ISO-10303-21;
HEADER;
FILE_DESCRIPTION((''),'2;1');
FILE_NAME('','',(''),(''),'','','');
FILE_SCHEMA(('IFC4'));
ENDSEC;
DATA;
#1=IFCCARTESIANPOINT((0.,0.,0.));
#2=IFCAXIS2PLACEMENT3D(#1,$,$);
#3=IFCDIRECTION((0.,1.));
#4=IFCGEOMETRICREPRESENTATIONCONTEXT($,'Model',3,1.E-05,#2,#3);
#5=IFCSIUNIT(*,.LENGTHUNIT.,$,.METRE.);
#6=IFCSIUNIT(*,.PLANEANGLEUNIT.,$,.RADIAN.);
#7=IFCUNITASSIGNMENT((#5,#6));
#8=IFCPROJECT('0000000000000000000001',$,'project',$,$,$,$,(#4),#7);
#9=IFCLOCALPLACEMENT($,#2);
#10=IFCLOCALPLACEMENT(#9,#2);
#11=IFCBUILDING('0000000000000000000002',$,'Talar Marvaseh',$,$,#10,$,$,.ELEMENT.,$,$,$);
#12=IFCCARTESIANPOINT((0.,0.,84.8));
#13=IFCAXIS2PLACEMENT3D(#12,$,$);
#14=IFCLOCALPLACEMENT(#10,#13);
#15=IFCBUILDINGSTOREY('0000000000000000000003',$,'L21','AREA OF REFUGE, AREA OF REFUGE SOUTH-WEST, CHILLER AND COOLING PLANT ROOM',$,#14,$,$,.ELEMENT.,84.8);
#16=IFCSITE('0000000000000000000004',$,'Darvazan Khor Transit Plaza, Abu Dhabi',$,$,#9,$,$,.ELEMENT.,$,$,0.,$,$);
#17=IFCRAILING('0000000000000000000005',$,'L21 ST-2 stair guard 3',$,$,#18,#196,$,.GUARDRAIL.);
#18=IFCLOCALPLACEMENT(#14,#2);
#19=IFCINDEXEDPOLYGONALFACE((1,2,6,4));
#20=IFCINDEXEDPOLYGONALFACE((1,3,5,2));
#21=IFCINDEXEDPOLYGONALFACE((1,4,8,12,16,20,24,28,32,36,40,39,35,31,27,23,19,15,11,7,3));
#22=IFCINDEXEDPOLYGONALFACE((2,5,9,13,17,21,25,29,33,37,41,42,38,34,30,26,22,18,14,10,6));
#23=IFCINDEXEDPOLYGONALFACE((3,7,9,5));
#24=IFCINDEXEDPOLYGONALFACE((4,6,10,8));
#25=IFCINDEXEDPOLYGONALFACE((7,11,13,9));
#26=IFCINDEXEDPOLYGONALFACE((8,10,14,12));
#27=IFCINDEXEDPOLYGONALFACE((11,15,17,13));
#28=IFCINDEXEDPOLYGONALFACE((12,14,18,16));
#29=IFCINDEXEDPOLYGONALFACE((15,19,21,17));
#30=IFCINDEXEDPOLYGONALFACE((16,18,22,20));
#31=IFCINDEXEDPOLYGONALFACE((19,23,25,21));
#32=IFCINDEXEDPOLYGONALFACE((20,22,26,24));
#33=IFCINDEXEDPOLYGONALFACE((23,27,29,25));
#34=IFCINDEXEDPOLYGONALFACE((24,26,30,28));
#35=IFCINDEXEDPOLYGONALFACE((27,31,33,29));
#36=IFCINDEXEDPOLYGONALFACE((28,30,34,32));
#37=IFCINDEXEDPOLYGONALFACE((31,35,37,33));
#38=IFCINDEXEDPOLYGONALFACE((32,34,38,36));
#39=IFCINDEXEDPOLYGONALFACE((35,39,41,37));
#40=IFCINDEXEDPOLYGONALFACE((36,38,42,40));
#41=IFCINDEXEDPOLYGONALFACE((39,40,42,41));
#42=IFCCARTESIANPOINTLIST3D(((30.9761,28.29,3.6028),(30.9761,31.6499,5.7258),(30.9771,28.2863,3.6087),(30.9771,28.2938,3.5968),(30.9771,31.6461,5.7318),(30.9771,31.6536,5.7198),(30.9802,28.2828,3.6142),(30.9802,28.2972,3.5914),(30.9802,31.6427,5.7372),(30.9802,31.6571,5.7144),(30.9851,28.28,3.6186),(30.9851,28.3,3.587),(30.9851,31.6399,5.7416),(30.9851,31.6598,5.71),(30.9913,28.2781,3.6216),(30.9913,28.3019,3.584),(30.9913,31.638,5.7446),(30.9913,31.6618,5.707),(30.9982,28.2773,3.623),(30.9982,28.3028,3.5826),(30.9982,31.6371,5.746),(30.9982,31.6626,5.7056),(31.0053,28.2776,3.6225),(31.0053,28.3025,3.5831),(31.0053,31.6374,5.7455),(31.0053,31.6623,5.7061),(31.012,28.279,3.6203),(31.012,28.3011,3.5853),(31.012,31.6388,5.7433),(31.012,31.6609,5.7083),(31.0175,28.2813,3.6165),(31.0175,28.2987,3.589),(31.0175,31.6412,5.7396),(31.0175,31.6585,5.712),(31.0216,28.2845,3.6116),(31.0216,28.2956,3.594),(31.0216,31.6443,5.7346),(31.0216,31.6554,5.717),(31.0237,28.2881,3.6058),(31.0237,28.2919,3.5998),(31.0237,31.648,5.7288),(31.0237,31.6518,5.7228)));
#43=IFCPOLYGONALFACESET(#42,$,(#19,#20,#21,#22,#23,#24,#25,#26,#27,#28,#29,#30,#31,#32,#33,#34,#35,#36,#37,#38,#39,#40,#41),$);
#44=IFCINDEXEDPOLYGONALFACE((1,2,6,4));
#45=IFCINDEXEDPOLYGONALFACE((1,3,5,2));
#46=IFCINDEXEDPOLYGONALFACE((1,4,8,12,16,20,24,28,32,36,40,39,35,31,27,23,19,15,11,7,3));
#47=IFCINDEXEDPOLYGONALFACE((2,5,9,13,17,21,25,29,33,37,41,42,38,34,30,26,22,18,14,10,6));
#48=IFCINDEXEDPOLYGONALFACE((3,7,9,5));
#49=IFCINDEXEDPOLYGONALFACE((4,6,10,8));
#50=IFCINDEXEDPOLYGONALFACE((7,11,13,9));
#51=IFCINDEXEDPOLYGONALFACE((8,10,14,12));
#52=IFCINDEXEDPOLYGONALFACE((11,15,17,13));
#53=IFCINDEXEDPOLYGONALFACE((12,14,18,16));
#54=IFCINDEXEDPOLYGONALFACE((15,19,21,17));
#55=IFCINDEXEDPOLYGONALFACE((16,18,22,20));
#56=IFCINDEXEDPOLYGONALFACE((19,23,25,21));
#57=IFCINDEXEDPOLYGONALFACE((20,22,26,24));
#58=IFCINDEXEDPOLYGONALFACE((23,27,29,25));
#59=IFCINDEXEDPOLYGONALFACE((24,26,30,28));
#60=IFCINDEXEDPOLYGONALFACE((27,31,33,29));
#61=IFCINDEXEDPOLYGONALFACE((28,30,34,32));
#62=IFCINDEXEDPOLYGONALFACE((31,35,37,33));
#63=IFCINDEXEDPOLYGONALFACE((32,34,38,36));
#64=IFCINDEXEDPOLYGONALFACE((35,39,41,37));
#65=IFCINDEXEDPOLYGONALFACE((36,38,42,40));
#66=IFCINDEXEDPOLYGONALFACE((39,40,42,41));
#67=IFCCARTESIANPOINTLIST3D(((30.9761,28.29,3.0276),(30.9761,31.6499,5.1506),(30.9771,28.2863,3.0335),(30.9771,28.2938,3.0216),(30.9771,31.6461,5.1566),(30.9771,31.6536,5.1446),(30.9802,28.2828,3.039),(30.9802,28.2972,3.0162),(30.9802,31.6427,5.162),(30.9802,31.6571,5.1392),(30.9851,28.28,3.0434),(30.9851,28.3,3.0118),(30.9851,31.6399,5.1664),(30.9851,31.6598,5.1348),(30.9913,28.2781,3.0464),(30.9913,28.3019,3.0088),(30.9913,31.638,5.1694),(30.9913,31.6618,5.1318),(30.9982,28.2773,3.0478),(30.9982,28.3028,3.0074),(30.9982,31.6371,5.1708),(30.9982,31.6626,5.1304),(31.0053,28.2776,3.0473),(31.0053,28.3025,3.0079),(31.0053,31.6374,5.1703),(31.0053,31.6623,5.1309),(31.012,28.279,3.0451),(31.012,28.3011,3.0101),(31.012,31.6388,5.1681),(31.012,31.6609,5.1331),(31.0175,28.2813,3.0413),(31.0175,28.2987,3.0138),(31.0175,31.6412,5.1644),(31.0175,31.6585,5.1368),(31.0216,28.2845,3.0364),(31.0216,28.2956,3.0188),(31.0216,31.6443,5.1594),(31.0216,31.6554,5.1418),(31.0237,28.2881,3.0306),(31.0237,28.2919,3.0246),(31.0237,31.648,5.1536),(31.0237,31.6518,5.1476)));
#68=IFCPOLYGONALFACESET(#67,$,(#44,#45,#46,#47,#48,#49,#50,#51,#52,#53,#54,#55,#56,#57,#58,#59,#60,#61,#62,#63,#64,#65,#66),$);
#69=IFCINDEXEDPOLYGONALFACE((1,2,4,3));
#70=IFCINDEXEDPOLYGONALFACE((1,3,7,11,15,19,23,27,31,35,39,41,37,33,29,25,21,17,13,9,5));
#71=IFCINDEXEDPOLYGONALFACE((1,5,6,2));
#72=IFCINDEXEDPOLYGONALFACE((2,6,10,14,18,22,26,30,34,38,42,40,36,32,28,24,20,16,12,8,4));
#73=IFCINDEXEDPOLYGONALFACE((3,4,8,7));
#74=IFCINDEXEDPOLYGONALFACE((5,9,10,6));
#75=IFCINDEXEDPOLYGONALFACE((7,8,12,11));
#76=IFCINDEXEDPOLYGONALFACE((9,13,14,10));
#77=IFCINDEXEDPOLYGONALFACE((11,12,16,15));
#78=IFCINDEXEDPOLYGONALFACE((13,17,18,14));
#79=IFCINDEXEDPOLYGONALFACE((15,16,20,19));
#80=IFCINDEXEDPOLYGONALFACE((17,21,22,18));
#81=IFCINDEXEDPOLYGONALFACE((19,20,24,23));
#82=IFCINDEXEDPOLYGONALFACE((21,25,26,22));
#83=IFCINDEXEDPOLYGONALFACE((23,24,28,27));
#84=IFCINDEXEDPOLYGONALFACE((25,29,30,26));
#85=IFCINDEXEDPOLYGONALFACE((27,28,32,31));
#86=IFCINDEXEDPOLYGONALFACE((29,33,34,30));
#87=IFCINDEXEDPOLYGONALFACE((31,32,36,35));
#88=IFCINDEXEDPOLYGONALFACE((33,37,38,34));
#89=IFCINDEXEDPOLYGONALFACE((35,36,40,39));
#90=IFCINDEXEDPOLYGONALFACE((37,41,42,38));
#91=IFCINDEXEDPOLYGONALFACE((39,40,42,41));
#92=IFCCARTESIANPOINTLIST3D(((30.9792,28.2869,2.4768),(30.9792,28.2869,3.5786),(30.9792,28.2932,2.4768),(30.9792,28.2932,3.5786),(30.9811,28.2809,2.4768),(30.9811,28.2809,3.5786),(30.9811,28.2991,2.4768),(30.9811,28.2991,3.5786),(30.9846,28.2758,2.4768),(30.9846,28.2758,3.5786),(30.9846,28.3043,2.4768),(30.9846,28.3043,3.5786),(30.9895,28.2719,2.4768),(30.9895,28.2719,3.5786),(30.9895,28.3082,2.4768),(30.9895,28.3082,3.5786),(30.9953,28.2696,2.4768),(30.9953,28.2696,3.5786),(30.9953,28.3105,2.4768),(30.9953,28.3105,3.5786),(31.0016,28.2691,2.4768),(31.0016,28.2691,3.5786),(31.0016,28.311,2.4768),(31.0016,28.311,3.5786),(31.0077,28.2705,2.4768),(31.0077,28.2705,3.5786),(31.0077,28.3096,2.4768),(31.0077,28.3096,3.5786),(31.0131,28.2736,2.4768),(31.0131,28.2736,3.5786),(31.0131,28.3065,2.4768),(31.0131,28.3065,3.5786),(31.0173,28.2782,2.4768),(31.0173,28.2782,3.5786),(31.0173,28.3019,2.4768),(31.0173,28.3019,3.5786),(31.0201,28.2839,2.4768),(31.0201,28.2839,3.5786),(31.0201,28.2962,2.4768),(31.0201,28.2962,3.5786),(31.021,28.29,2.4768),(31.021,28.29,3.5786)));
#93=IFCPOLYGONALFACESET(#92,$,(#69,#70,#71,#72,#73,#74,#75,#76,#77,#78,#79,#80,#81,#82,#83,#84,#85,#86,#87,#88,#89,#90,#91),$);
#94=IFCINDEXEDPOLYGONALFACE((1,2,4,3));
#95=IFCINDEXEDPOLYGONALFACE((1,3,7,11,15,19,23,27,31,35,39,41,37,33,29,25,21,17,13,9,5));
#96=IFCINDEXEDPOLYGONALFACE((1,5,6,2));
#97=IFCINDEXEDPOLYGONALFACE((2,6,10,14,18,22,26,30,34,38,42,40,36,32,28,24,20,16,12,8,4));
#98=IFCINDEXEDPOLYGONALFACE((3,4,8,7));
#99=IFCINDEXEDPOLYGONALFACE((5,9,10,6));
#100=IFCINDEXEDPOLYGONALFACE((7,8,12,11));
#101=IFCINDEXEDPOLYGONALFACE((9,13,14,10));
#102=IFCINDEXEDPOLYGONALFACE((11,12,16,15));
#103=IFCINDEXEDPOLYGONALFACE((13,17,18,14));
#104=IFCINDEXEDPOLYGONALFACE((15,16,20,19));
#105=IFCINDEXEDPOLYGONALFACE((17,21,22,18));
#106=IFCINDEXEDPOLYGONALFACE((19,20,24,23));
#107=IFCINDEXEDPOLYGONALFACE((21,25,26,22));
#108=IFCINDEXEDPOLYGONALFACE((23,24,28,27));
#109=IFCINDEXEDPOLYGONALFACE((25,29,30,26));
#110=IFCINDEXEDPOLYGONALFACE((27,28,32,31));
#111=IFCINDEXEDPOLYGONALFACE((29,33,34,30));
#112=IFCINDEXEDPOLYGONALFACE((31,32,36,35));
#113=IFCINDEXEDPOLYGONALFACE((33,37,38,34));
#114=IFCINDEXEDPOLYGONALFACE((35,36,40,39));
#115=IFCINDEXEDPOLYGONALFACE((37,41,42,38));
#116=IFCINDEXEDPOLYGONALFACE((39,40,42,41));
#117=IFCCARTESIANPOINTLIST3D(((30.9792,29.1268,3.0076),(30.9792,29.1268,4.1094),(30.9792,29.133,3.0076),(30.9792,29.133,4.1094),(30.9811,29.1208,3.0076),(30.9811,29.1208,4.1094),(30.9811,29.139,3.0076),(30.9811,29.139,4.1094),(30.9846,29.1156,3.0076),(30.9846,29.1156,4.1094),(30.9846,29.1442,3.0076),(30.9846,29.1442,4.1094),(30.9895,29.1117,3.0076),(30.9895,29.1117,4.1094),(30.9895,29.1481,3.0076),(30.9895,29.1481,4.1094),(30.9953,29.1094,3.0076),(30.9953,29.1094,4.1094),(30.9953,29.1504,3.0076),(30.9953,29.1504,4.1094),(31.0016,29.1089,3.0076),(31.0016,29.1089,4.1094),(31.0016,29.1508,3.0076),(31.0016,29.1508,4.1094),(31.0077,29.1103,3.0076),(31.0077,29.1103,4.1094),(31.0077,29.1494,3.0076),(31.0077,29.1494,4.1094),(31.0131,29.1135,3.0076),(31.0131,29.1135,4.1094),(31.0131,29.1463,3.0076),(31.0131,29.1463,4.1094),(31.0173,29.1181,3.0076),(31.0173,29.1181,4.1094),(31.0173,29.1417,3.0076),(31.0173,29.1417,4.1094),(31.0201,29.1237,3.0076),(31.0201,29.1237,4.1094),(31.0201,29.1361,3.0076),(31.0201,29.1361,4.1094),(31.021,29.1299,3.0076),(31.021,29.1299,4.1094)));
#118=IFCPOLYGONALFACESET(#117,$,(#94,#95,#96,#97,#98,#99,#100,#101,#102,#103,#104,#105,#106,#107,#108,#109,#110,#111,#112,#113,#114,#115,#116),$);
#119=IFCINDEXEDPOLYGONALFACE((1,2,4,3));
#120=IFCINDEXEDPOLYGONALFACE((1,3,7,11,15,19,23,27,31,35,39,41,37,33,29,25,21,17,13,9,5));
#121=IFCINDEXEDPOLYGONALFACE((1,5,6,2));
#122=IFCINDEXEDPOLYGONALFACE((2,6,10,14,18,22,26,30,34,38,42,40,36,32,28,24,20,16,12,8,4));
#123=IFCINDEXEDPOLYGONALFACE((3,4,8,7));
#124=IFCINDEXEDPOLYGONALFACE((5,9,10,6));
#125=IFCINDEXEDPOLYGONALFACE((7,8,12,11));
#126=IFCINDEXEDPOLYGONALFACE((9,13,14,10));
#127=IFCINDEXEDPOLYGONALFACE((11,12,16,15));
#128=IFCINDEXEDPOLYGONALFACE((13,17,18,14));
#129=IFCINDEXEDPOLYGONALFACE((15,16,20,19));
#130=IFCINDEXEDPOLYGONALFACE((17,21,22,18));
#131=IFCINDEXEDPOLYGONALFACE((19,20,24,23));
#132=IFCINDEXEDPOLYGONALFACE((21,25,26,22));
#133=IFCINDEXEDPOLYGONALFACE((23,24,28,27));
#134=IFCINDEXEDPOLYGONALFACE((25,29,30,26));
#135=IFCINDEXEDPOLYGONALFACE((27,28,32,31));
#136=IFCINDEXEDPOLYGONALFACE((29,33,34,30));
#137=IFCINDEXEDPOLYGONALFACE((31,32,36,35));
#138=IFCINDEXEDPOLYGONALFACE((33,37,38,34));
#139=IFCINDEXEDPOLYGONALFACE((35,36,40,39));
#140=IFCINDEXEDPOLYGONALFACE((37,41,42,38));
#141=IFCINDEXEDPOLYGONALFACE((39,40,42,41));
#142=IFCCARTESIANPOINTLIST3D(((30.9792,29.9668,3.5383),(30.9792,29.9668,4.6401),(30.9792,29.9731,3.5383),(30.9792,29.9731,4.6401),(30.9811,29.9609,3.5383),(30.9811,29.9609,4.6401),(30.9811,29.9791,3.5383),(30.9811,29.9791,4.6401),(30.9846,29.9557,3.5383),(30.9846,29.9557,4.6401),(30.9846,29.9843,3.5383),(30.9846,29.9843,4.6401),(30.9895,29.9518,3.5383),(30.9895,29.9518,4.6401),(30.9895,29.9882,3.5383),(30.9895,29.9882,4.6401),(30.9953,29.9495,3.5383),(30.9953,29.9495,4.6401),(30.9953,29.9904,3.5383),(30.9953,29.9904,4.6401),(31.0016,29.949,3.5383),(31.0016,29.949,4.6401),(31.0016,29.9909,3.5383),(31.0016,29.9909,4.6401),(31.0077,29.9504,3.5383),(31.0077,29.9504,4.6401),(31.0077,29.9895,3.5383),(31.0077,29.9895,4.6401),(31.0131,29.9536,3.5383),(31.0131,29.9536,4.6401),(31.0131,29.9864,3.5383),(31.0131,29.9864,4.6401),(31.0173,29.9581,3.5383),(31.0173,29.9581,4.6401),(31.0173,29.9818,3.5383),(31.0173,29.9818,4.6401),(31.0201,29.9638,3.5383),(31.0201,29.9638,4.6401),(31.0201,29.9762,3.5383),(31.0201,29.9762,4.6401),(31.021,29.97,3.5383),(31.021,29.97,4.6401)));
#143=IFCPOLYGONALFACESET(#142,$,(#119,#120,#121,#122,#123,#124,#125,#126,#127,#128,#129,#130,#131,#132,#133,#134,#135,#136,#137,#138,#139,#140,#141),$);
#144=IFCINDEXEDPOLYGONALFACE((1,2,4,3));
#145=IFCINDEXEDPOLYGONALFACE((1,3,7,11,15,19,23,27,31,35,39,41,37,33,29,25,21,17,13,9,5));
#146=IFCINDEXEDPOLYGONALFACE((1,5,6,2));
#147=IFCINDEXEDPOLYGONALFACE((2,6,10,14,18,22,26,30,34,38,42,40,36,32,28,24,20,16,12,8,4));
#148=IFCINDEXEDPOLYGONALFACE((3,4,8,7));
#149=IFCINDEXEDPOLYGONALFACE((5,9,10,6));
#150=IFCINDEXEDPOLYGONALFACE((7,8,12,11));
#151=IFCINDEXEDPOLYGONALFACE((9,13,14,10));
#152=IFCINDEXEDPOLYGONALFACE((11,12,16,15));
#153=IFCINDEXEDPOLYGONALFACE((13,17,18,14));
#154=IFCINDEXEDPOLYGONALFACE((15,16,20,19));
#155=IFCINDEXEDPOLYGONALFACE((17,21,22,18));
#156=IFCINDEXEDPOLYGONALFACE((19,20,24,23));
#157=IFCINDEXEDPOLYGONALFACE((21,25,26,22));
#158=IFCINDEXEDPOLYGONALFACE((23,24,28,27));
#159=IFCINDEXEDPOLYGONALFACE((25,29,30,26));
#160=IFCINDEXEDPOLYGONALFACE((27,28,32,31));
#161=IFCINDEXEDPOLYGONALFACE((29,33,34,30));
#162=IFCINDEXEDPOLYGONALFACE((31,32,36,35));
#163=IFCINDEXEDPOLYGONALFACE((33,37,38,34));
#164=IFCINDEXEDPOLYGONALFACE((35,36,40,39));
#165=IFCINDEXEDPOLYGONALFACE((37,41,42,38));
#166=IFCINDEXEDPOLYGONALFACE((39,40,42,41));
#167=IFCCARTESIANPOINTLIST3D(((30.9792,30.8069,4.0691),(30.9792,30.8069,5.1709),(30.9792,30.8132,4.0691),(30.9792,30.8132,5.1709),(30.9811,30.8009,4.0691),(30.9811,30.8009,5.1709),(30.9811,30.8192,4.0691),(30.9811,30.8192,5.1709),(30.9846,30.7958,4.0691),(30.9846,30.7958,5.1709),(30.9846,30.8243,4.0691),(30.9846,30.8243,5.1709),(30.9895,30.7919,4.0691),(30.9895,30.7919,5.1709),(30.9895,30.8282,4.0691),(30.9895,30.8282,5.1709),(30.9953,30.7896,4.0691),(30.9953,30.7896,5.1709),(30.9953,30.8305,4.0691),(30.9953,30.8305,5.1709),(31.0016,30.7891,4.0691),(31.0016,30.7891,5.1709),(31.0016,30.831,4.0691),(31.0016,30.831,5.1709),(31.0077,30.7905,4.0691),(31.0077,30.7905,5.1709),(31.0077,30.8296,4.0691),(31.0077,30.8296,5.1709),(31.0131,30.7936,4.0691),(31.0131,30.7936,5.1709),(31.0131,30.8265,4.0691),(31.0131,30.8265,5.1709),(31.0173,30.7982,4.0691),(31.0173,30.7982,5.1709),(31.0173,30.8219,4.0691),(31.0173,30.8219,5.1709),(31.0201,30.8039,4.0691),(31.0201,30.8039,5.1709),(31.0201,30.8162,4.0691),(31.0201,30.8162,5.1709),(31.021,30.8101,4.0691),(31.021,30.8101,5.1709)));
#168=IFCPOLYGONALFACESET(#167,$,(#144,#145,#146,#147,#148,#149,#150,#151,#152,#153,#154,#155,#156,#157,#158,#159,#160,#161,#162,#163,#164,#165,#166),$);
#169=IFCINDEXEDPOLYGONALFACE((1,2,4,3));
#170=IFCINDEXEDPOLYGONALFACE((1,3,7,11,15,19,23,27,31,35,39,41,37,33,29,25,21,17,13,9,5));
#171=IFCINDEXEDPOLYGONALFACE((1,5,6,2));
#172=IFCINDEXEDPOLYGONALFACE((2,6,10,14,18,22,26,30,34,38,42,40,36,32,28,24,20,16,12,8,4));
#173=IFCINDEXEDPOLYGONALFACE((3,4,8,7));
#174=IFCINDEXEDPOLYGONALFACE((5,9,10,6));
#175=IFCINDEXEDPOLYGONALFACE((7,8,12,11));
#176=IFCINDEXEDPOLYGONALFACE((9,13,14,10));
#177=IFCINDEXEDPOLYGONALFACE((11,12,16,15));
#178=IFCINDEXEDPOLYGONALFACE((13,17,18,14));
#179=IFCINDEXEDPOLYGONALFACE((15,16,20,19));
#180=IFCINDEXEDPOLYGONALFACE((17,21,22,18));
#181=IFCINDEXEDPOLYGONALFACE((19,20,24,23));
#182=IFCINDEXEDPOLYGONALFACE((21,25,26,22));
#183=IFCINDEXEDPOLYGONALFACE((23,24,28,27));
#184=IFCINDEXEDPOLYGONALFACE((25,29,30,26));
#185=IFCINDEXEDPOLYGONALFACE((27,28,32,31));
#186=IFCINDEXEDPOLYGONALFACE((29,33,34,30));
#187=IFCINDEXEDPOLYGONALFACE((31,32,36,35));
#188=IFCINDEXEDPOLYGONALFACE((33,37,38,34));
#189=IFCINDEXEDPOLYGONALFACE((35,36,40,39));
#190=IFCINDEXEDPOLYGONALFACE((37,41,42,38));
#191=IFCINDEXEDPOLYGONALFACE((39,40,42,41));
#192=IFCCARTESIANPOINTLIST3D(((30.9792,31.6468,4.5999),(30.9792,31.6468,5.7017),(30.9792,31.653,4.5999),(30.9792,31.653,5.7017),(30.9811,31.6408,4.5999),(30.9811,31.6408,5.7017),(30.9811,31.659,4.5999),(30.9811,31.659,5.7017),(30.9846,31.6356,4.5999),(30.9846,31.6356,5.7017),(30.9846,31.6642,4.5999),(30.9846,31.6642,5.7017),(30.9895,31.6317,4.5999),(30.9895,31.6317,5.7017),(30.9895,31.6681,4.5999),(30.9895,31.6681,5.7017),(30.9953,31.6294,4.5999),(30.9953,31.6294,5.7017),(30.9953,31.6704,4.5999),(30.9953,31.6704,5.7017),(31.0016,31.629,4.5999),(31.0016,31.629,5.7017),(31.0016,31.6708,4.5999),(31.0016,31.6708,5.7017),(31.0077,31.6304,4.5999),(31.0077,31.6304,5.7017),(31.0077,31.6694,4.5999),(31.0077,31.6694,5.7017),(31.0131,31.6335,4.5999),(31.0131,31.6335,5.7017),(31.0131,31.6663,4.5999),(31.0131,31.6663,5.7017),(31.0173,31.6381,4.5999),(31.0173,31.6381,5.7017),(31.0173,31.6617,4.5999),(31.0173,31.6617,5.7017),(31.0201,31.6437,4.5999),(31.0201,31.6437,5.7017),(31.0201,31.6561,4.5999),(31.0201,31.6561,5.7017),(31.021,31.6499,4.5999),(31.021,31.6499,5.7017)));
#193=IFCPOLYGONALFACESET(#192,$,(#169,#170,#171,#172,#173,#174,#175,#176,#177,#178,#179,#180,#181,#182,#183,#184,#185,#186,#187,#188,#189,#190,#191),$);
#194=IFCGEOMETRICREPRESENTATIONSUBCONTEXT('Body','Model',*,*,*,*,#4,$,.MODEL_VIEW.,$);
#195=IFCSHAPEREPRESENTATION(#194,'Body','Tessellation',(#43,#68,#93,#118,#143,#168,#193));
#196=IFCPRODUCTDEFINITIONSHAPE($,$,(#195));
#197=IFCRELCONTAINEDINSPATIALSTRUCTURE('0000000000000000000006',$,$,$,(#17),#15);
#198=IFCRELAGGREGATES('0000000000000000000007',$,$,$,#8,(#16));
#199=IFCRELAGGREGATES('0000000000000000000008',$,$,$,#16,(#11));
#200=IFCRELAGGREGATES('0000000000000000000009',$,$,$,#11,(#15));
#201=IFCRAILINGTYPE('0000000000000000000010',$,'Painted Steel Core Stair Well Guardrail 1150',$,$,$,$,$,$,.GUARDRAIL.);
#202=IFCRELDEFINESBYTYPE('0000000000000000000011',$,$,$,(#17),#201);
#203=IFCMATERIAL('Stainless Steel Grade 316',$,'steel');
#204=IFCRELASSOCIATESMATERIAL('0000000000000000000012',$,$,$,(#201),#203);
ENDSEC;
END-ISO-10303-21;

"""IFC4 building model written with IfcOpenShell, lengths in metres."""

from ifc_helpers import new_model, si_unit, direction, frame, origin, origin_2d, place, context, subcontext, project, spatial, circle, extrude, material, type_object, element, save


model = new_model("IFC4")

# Units and contexts
model_context = context("Model", 3, precision=1e-05, world=origin(), true_north=direction((0.0, 1.0)))
body_context = subcontext(model_context, "Body", "Model", "MODEL_VIEW")
ifc_project = project(units=[si_unit("LENGTHUNIT", "METRE"), si_unit("PLANEANGLEUNIT", "RADIAN")], contexts=[model_context])

# Site, building, storey
site_placement = place(None, origin())
site = spatial("IfcSite", under=ifc_project, at=site_placement, Name="Darvazan Khor Transit Plaza, Abu Dhabi", CompositionType="ELEMENT", RefElevation=0.0)
building_placement = place(site_placement, origin())
building = spatial("IfcBuilding", under=site, at=building_placement, Name="Talar Marvaseh", CompositionType="ELEMENT")
storey_placement = place(building_placement, frame((0.0, 0.0, 84.8)))
storey = spatial("IfcBuildingStorey", under=building, at=storey_placement, Name="L21", Description="AREA OF REFUGE, AREA OF REFUGE SOUTH-WEST, CHILLER AND COOLING PLANT ROOM", CompositionType="ELEMENT", Elevation=84.8)

# Railing
ifc_material_1 = material(Name="Stainless Steel Grade 316", Category="steel")
railing_type_1 = type_object("IfcRailingType", Name="Painted Steel Core Stair Well Guardrail 1150", PredefinedType="GUARDRAIL", material=ifc_material_1)
railing_1_placement = place(storey_placement, frame((31.0, 28.29, 2.4768)))
element("IfcRailing", 1, at=railing_1_placement, inside=storey, type_object=railing_type_1, Name="L21 ST-2 stair guard 3", PredefinedType="GUARDRAIL", context=body_context, shape_type="SweptSolid", body=[
    extrude(circle(Radius=0.0239, at=origin_2d()), frame((0.0, 0.0, 1.126), z_axis=(0.0, 0.845372, 0.534178), x_axis=(-1.0, 0.0, 0.0)), (0.0, 0.0, 1.0), 3.9744),
    extrude(circle(Radius=0.0239, at=origin_2d()), frame((0.0, 0.0, 0.5508), z_axis=(0.0, 0.845372, 0.534178), x_axis=(-1.0, 0.0, 0.0)), (0.0, 0.0, 1.0), 3.9744),
    extrude(circle(Radius=0.021, at=origin_2d()), origin(), (0.0, 0.0, 1.0), 1.1018),
    extrude(circle(Radius=0.021, at=origin_2d()), frame((0.0, 0.8398, 0.5308)), (0.0, 0.0, 1.0), 1.1018),
    extrude(circle(Radius=0.021, at=origin_2d()), frame((0.0, 1.6799, 1.0615)), (0.0, 0.0, 1.0), 1.1018),
    extrude(circle(Radius=0.021, at=origin_2d()), frame((0.0, 2.52, 1.5923)), (0.0, 0.0, 1.0), 1.1018),
    extrude(circle(Radius=0.021, at=origin_2d()), frame((0.0, 3.3599, 2.123)), (0.0, 0.0, 1.0), 1.1018),
])

save(model, "model.ifc")
